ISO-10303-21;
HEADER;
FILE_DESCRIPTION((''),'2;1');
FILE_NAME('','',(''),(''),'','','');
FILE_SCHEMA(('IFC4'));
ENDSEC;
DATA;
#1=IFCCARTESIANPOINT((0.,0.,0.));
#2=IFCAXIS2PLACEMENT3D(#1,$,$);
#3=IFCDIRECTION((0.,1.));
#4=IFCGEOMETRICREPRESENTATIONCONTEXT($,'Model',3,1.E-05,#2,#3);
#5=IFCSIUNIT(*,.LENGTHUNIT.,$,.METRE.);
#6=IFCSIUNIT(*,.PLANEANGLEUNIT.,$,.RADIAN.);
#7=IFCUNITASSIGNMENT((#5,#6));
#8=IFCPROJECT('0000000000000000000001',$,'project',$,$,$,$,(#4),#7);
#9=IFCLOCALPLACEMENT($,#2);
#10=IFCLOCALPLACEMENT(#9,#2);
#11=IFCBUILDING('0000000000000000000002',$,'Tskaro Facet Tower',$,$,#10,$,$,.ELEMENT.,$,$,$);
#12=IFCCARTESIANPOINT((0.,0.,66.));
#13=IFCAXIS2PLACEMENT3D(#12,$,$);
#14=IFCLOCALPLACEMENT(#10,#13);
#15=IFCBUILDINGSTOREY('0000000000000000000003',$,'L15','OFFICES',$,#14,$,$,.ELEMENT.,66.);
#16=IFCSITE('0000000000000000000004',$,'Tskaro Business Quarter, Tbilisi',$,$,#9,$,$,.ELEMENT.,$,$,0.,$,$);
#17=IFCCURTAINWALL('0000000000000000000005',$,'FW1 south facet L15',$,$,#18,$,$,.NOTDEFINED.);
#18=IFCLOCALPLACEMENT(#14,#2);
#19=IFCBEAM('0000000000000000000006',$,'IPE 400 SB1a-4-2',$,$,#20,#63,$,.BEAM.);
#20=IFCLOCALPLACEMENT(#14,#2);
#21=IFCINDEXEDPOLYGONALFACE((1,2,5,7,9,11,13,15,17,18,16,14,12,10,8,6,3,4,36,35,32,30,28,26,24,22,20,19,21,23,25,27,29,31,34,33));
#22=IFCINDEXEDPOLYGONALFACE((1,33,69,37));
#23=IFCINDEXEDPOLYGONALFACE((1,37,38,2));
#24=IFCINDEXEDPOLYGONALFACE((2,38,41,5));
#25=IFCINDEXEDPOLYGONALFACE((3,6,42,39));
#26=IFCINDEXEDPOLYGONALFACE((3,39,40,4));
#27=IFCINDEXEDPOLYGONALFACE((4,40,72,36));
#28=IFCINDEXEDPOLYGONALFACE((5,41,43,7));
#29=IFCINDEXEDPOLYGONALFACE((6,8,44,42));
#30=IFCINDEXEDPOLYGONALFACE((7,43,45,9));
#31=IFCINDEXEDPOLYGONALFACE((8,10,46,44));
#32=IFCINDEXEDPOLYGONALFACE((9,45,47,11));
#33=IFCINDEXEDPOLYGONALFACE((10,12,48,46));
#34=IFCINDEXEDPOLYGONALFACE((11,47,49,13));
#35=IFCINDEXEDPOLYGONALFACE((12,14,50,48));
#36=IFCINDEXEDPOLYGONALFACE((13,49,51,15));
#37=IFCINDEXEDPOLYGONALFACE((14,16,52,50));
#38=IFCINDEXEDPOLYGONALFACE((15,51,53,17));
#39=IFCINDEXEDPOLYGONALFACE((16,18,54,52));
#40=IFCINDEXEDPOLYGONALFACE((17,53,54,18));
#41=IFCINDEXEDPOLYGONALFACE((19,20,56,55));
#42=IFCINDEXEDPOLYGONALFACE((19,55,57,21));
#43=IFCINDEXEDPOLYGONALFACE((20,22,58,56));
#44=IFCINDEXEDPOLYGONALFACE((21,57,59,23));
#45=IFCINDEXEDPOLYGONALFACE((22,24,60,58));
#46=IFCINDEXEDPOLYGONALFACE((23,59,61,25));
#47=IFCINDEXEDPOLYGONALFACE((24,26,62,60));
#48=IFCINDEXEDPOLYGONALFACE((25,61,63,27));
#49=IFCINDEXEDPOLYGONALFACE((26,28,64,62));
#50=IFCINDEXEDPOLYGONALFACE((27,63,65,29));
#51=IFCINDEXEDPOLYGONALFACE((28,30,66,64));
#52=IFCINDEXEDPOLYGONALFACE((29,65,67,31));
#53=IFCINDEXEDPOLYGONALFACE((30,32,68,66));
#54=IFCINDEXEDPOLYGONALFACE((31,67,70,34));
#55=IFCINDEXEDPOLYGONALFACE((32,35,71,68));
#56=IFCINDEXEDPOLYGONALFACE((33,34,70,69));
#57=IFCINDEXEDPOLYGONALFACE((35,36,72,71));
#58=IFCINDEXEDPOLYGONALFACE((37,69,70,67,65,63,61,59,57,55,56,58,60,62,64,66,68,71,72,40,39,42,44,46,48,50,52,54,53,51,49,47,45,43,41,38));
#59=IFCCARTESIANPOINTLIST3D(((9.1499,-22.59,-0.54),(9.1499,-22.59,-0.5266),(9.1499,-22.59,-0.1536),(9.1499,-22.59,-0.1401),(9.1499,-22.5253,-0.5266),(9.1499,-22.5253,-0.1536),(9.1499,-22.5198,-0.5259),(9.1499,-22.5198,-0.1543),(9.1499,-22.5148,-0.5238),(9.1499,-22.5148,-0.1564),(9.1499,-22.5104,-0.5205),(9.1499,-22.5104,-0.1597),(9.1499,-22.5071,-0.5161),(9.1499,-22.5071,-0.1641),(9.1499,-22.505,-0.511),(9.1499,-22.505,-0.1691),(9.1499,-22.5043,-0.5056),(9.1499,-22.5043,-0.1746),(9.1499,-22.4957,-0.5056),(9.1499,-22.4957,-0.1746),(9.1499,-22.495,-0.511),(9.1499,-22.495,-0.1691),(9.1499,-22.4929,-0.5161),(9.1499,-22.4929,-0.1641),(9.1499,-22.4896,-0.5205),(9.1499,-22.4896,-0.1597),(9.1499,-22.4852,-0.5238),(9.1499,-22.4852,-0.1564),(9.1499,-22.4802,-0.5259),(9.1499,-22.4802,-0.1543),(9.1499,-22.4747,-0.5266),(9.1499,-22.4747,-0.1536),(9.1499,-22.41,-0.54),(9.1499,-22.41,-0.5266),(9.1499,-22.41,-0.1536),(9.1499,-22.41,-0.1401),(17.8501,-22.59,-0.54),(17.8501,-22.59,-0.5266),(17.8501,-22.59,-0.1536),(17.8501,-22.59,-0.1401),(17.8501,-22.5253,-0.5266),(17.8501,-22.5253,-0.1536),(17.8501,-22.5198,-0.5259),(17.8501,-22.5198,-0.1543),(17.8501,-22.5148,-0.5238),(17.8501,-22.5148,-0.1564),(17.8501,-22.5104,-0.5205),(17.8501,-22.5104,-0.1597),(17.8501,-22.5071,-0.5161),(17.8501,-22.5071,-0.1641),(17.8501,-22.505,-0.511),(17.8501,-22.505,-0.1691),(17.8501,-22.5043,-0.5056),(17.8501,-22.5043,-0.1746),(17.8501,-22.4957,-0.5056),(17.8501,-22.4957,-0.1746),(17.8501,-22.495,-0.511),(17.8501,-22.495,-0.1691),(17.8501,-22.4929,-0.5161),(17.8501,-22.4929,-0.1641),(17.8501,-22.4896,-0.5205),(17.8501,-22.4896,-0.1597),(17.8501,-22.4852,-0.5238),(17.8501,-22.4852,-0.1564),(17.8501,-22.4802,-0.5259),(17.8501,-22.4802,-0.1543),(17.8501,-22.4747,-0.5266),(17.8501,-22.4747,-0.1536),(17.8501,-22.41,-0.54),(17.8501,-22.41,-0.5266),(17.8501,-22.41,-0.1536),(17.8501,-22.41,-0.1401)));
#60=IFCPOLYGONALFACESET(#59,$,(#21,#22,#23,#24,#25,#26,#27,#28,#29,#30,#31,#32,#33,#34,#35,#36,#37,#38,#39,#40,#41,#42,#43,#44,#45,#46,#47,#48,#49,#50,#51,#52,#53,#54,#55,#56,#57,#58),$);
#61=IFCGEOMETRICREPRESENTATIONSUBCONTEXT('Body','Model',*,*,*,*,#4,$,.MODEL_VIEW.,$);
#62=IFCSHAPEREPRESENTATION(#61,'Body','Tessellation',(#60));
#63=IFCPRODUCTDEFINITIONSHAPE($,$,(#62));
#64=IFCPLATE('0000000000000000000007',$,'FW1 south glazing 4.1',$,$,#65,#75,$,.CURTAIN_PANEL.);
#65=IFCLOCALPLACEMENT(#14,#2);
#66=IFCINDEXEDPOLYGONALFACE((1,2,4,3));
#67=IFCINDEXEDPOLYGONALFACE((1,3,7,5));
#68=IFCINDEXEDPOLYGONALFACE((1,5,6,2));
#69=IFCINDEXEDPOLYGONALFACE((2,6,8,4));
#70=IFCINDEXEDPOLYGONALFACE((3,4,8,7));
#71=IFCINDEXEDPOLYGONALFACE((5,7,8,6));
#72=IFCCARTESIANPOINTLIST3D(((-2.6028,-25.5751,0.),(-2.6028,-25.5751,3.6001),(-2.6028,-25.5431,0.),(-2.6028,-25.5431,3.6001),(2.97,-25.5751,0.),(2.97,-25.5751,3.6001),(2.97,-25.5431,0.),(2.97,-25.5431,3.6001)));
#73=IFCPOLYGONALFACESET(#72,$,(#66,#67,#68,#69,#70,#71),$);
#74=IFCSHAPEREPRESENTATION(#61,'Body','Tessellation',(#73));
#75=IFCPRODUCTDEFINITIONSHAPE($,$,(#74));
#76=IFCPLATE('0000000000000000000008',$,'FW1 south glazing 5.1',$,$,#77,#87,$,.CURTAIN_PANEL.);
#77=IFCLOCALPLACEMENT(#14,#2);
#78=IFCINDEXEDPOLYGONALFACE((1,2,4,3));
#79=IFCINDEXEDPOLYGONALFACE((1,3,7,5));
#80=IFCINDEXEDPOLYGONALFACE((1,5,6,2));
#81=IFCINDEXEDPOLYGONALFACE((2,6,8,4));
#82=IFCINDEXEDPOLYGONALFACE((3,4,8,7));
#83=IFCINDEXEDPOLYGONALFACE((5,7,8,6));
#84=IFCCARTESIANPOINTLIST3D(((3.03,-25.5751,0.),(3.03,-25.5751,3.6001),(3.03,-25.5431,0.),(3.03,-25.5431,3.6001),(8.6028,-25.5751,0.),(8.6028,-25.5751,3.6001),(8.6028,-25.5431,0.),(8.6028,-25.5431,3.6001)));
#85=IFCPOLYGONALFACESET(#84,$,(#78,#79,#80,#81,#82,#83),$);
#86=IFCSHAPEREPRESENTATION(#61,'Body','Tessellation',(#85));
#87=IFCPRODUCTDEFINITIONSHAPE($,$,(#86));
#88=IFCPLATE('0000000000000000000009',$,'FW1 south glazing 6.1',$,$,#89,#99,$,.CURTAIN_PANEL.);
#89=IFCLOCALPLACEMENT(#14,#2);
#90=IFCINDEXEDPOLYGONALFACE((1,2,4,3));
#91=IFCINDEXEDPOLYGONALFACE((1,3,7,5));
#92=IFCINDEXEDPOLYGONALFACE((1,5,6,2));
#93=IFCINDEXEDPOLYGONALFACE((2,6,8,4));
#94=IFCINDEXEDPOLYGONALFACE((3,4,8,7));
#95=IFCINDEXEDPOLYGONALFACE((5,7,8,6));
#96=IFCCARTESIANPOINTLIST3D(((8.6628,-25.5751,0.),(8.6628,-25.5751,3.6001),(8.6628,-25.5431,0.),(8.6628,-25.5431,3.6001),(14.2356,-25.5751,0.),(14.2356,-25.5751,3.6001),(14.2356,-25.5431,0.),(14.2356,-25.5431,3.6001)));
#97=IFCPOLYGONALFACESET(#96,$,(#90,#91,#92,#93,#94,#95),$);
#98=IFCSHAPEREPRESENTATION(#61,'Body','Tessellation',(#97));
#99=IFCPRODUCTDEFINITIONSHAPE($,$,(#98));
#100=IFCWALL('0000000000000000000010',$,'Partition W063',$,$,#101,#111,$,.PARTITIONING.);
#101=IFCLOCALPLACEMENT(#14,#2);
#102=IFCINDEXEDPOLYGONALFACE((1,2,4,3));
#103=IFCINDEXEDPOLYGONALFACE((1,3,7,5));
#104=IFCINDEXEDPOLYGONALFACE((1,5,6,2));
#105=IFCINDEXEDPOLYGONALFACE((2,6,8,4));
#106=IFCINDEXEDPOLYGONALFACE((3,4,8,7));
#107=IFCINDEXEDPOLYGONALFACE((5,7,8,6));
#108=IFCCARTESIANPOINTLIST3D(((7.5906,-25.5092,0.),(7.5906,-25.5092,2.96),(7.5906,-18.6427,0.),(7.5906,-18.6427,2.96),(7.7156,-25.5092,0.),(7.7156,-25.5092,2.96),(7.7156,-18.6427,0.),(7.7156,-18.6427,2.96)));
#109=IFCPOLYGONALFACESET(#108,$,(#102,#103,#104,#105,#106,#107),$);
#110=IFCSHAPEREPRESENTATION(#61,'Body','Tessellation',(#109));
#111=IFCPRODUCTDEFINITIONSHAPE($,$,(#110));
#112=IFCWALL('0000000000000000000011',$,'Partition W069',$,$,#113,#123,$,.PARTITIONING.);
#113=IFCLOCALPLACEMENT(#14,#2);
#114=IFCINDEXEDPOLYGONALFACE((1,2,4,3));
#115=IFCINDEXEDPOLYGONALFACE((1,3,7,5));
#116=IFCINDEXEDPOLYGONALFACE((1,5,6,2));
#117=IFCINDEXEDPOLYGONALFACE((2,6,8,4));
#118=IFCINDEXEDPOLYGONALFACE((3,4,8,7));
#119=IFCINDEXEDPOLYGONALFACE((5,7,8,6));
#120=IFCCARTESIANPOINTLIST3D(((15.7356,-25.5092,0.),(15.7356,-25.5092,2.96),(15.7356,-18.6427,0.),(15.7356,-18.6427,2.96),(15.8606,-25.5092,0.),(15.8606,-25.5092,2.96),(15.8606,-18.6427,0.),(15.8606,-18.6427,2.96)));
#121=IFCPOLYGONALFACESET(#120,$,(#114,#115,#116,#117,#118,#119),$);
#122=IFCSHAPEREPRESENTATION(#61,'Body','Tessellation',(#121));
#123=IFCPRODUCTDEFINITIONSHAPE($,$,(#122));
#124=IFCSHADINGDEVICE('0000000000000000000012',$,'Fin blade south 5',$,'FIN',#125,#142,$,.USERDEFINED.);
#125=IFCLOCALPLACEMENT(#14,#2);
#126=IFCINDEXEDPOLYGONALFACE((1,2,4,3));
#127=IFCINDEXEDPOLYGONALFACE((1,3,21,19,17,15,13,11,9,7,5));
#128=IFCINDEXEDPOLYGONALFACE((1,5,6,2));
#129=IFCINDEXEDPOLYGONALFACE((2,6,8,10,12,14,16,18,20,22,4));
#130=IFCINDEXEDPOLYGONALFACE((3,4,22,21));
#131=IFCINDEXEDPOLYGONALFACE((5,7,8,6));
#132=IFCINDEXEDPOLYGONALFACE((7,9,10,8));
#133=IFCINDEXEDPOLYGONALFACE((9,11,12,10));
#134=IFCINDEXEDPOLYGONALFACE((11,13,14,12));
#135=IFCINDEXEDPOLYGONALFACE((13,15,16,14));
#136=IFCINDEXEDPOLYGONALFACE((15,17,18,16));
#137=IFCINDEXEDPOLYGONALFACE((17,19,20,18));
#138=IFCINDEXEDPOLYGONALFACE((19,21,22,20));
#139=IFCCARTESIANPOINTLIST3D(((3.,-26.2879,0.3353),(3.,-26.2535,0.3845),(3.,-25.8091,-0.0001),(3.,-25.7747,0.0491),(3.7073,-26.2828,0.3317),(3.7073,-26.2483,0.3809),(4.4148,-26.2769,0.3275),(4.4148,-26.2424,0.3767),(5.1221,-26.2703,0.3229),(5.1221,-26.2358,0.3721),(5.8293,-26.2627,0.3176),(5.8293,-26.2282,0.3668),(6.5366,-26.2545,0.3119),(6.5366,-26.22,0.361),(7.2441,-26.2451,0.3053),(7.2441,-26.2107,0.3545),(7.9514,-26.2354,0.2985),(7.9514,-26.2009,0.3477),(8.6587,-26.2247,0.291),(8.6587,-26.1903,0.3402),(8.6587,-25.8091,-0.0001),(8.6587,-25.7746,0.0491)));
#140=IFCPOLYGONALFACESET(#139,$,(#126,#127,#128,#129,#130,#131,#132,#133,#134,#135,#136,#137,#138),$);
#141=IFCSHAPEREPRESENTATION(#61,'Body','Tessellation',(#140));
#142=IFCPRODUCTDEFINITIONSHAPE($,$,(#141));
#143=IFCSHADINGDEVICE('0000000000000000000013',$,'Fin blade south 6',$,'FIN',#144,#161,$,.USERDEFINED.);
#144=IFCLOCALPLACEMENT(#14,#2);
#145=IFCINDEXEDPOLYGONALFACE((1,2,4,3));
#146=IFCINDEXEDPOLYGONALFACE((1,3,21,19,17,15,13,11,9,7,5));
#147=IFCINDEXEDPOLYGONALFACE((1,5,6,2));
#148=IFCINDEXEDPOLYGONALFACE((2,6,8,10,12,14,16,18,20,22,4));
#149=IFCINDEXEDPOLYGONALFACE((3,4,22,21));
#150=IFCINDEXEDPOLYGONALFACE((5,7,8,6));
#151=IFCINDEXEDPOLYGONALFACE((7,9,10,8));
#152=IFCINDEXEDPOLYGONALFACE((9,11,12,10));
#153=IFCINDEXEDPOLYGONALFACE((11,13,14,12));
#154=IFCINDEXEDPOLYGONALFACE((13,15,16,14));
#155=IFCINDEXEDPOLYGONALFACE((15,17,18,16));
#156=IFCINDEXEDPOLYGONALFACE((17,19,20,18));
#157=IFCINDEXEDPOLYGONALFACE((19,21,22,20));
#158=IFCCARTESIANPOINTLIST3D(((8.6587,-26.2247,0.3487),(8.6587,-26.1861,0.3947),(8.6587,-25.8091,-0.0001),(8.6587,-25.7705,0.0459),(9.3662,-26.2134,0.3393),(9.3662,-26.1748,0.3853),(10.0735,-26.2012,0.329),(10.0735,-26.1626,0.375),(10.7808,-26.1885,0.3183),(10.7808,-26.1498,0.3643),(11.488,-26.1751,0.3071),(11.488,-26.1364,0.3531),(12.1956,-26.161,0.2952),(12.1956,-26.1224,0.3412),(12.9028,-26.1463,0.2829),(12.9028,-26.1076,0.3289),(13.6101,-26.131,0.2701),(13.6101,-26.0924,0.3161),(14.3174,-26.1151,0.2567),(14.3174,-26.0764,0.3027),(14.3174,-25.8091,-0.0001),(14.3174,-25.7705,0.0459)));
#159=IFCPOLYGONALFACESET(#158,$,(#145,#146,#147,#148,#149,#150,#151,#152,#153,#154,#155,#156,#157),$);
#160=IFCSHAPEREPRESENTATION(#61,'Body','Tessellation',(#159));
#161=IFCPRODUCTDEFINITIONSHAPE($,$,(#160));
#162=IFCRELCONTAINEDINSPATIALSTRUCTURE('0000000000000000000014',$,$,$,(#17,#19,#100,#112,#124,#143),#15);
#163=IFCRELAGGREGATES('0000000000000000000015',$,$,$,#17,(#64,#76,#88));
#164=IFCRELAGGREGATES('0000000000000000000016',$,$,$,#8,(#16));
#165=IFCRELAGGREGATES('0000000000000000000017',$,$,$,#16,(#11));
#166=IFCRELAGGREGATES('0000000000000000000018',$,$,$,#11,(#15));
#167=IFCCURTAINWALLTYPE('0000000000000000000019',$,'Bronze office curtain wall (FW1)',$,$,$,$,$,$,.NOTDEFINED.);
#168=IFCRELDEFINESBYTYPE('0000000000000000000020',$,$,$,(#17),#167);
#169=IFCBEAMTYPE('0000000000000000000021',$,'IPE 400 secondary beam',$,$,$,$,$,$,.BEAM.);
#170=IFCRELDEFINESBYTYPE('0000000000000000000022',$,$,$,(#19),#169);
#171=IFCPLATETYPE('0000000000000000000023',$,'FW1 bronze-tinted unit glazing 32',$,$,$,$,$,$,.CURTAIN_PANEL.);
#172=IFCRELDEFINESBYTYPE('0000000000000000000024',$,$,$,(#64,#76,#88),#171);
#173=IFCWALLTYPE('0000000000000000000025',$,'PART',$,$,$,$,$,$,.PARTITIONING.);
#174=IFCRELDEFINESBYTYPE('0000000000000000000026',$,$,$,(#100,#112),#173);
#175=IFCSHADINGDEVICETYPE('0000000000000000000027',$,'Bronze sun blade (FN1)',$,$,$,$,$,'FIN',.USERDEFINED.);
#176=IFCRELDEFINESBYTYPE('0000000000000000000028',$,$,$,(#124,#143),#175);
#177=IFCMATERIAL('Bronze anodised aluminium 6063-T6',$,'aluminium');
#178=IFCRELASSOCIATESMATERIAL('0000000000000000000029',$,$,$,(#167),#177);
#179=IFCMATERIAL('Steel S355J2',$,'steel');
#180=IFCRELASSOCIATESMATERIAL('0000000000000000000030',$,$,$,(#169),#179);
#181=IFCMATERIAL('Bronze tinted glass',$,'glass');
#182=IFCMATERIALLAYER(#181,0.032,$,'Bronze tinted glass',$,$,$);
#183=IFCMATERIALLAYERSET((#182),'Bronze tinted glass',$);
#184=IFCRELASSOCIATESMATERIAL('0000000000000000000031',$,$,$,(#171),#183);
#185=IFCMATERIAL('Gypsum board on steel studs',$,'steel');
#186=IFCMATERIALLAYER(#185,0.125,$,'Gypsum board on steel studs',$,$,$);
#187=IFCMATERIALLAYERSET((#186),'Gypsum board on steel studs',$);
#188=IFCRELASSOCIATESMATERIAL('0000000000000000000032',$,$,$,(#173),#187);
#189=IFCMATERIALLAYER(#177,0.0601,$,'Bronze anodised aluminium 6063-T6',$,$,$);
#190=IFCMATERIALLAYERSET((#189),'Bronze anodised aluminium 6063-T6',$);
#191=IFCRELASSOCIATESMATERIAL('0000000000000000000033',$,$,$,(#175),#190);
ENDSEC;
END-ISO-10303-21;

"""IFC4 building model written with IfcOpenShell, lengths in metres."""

from ifc_helpers import new_model, si_unit, direction, frame, frame_2d, origin, origin_2d, place, context, subcontext, project, spatial, polyline, rectangle, i_section, outline, extrude, material, layer, layer_set, material_profile, profile_set, type_object, element, aggregate, save


model = new_model("IFC4")

# Units and contexts
model_context = context("Model", 3, precision=1e-05, world=origin(), true_north=direction((0.0, 1.0)))
body_context = subcontext(model_context, "Body", "Model", "MODEL_VIEW")
ifc_project = project(units=[si_unit("LENGTHUNIT", "METRE"), si_unit("PLANEANGLEUNIT", "RADIAN")], contexts=[model_context])

# Site, building, storey
site_placement = place(None, origin())
site = spatial("IfcSite", under=ifc_project, at=site_placement, Name="Tskaro Business Quarter, Tbilisi", CompositionType="ELEMENT", RefElevation=0.0)
building_placement = place(site_placement, origin())
building = spatial("IfcBuilding", under=site, at=building_placement, Name="Tskaro Facet Tower", CompositionType="ELEMENT")
storey_placement = place(building_placement, frame((0.0, 0.0, 66.0)))
storey = spatial("IfcBuildingStorey", under=building, at=storey_placement, Name="L15", Description="OFFICES", CompositionType="ELEMENT", Elevation=66.0)

# Curtain wall
ifc_material_1 = material(Name="Bronze anodised aluminium 6063-T6", Category="aluminium")
curtain_wall_type = type_object("IfcCurtainWallType", Name="Bronze office curtain wall (FW1)", PredefinedType="NOTDEFINED", material=ifc_material_1)
curtain_wall_placement = place(storey_placement, origin())
curtain_wall = element("IfcCurtainWall", 1, at=curtain_wall_placement, inside=storey, type_object=curtain_wall_type, Name="FW1 south facet L15", PredefinedType="NOTDEFINED")

# Beam
ifc_material_2 = material(Name="Steel S355J2", Category="steel")
ifc_material_profile_1 = material_profile(ifc_material_2, i_section(OverallWidth=0.1799, OverallDepth=0.3999, WebThickness=0.0085, FlangeThickness=0.0134, FilletRadius=0.021, at=origin_2d()), Name="IPE 400")
ifc_profile_set_1 = profile_set([ifc_material_profile_1], Name="Steel S355J2")
beam_type_1 = type_object("IfcBeamType", Name="IPE 400 secondary beam", PredefinedType="BEAM", material=ifc_profile_set_1)
for number, where, z_axis, x_axis, name in (
    (2, (9.1499, -22.5, -0.3401), (1.0, 0.0, 0.0), (0.0, 1.0, 0.0), "IPE 400 SB1a-4-2"),
):
    element("IfcBeam", number, at=place(storey_placement, frame(where, z_axis=z_axis, x_axis=x_axis)), inside=storey, type_object=beam_type_1, Name=name, PredefinedType="BEAM", context=body_context, shape_type="SweptSolid", body=[
        extrude(i_section(OverallWidth=0.1799, OverallDepth=0.3999, WebThickness=0.0085, FlangeThickness=0.0134, FilletRadius=0.021, at=origin_2d()), origin(), (0.0, 0.0, 1.0), 8.7002),
    ])

# Plates
ifc_material_3 = material(Name="Bronze tinted glass", Category="glass")
ifc_layer_1 = layer(ifc_material_3, 0.032, Name="Bronze tinted glass")
ifc_layer_set_1 = layer_set([ifc_layer_1], Name="Bronze tinted glass")
plate_type = type_object("IfcPlateType", Name="FW1 bronze-tinted unit glazing 32", PredefinedType="CURTAIN_PANEL", material=ifc_layer_set_1)
plate_1_placement = place(storey_placement, frame((0.1836, -25.5591, 0.0), z_axis=(0.0, 0.0, 1.0), x_axis=(1.0, 0.0, 0.0)))
plate_1 = element("IfcPlate", 3, at=plate_1_placement, type_object=plate_type, Name="FW1 south glazing 4.1", PredefinedType="CURTAIN_PANEL", context=body_context, shape_type="SweptSolid", body=[
    extrude(rectangle(XDim=5.5728, YDim=0.032, at=origin_2d()), origin(), (0.0, 0.0, 1.0), 3.6001),
])
plate_2_placement = place(storey_placement, frame((5.8164, -25.5591, 0.0), z_axis=(0.0, 0.0, 1.0), x_axis=(1.0, 0.0, 0.0)))
plate_2 = element("IfcPlate", 4, at=plate_2_placement, type_object=plate_type, Name="FW1 south glazing 5.1", PredefinedType="CURTAIN_PANEL", context=body_context, shape_type="SweptSolid", body=[
    extrude(rectangle(XDim=5.5728, YDim=0.032, at=origin_2d()), origin(), (0.0, 0.0, 1.0), 3.6001),
])
plate_3_placement = place(storey_placement, frame((11.4492, -25.5591, 0.0), z_axis=(0.0, 0.0, 1.0), x_axis=(1.0, 0.0, 0.0)))
plate_3 = element("IfcPlate", 5, at=plate_3_placement, type_object=plate_type, Name="FW1 south glazing 6.1", PredefinedType="CURTAIN_PANEL", context=body_context, shape_type="SweptSolid", body=[
    extrude(rectangle(XDim=5.5728, YDim=0.032, at=origin_2d()), origin(), (0.0, 0.0, 1.0), 3.6001),
])
aggregate(curtain_wall, [plate_1, plate_2, plate_3])

# Walls
ifc_material_4 = material(Name="Gypsum board on steel studs", Category="steel")
ifc_layer_2 = layer(ifc_material_4, 0.125, Name="Gypsum board on steel studs")
ifc_layer_set_2 = layer_set([ifc_layer_2], Name="Gypsum board on steel studs")
wall_type = type_object("IfcWallType", Name="PART", PredefinedType="PARTITIONING", material=ifc_layer_set_2)
for number, where, z_axis, x_axis, name in (
    (6, (7.6531, -25.509, 0.0), (0.0, 0.0, 1.0), (0.0, 1.0, 0.0), "Partition W063"),
    (7, (15.7981, -25.509, 0.0), (0.0, 0.0, 1.0), (0.0, 1.0, 0.0), "Partition W069"),
):
    element("IfcWall", number, at=place(storey_placement, frame(where, z_axis=z_axis, x_axis=x_axis)), inside=storey, type_object=wall_type, Name=name, PredefinedType="PARTITIONING", context=body_context, shape_type="SweptSolid", body=[
        extrude(rectangle(XDim=6.8665, YDim=0.125, at=frame_2d((3.4331, 0.0))), origin(), (0.0, 0.0, 1.0), 2.96),
    ])

# Shading devices
ifc_layer_3 = layer(ifc_material_1, 0.0601, Name="Bronze anodised aluminium 6063-T6")
ifc_layer_set_3 = layer_set([ifc_layer_3], Name="Bronze anodised aluminium 6063-T6")
shading_device_type = type_object("IfcShadingDeviceType", Name="Bronze sun blade (FN1)", ElementType="FIN", PredefinedType="USERDEFINED", material=ifc_layer_set_3)
shading_device_1_placement = place(storey_placement, frame((3.0, -25.7747, 0.0491), z_axis=(-0.000006, 0.573728, 0.819046), x_axis=(1.0, 0.000004, 0.000005)))
element("IfcShadingDevice", 8, at=shading_device_1_placement, inside=storey, type_object=shading_device_type, Name="Fin blade south 5", ObjectType="FIN", PredefinedType="USERDEFINED", context=body_context, shape_type="SweptSolid", body=[
    extrude(outline(polyline([(0.0, 0.0), (5.6587, 0.0), (5.6587, -0.5074), (4.9514, -0.5204), (4.2441, -0.5324), (3.5366, -0.5437), (2.8293, -0.5538), (2.1221, -0.563), (1.4148, -0.5711), (0.7073, -0.5783), (0.0, -0.5846), (0.0, 0.0)])), origin(), (0.0, 0.0, -1.0), 0.0601),
])
shading_device_2_placement = place(storey_placement, frame((8.6587, -25.7705, 0.0459), z_axis=(0.000003, 0.642936, 0.76592), x_axis=(1.0, -0.000002, -0.000002)))
element("IfcShadingDevice", 9, at=shading_device_2_placement, inside=storey, type_object=shading_device_type, Name="Fin blade south 6", ObjectType="FIN", PredefinedType="USERDEFINED", context=body_context, shape_type="SweptSolid", body=[
    extrude(outline(polyline([(0.0, 0.0), (5.6587, 0.0), (5.6587, -0.3994), (4.9514, -0.4202), (4.2441, -0.4402), (3.5369, -0.4594), (2.8293, -0.4778), (2.1221, -0.4953), (1.4148, -0.5119), (0.7075, -0.5278), (0.0, -0.5426), (0.0, 0.0)])), origin(), (0.0, 0.0, -1.0), 0.0601),
])

save(model, "model.ifc")
